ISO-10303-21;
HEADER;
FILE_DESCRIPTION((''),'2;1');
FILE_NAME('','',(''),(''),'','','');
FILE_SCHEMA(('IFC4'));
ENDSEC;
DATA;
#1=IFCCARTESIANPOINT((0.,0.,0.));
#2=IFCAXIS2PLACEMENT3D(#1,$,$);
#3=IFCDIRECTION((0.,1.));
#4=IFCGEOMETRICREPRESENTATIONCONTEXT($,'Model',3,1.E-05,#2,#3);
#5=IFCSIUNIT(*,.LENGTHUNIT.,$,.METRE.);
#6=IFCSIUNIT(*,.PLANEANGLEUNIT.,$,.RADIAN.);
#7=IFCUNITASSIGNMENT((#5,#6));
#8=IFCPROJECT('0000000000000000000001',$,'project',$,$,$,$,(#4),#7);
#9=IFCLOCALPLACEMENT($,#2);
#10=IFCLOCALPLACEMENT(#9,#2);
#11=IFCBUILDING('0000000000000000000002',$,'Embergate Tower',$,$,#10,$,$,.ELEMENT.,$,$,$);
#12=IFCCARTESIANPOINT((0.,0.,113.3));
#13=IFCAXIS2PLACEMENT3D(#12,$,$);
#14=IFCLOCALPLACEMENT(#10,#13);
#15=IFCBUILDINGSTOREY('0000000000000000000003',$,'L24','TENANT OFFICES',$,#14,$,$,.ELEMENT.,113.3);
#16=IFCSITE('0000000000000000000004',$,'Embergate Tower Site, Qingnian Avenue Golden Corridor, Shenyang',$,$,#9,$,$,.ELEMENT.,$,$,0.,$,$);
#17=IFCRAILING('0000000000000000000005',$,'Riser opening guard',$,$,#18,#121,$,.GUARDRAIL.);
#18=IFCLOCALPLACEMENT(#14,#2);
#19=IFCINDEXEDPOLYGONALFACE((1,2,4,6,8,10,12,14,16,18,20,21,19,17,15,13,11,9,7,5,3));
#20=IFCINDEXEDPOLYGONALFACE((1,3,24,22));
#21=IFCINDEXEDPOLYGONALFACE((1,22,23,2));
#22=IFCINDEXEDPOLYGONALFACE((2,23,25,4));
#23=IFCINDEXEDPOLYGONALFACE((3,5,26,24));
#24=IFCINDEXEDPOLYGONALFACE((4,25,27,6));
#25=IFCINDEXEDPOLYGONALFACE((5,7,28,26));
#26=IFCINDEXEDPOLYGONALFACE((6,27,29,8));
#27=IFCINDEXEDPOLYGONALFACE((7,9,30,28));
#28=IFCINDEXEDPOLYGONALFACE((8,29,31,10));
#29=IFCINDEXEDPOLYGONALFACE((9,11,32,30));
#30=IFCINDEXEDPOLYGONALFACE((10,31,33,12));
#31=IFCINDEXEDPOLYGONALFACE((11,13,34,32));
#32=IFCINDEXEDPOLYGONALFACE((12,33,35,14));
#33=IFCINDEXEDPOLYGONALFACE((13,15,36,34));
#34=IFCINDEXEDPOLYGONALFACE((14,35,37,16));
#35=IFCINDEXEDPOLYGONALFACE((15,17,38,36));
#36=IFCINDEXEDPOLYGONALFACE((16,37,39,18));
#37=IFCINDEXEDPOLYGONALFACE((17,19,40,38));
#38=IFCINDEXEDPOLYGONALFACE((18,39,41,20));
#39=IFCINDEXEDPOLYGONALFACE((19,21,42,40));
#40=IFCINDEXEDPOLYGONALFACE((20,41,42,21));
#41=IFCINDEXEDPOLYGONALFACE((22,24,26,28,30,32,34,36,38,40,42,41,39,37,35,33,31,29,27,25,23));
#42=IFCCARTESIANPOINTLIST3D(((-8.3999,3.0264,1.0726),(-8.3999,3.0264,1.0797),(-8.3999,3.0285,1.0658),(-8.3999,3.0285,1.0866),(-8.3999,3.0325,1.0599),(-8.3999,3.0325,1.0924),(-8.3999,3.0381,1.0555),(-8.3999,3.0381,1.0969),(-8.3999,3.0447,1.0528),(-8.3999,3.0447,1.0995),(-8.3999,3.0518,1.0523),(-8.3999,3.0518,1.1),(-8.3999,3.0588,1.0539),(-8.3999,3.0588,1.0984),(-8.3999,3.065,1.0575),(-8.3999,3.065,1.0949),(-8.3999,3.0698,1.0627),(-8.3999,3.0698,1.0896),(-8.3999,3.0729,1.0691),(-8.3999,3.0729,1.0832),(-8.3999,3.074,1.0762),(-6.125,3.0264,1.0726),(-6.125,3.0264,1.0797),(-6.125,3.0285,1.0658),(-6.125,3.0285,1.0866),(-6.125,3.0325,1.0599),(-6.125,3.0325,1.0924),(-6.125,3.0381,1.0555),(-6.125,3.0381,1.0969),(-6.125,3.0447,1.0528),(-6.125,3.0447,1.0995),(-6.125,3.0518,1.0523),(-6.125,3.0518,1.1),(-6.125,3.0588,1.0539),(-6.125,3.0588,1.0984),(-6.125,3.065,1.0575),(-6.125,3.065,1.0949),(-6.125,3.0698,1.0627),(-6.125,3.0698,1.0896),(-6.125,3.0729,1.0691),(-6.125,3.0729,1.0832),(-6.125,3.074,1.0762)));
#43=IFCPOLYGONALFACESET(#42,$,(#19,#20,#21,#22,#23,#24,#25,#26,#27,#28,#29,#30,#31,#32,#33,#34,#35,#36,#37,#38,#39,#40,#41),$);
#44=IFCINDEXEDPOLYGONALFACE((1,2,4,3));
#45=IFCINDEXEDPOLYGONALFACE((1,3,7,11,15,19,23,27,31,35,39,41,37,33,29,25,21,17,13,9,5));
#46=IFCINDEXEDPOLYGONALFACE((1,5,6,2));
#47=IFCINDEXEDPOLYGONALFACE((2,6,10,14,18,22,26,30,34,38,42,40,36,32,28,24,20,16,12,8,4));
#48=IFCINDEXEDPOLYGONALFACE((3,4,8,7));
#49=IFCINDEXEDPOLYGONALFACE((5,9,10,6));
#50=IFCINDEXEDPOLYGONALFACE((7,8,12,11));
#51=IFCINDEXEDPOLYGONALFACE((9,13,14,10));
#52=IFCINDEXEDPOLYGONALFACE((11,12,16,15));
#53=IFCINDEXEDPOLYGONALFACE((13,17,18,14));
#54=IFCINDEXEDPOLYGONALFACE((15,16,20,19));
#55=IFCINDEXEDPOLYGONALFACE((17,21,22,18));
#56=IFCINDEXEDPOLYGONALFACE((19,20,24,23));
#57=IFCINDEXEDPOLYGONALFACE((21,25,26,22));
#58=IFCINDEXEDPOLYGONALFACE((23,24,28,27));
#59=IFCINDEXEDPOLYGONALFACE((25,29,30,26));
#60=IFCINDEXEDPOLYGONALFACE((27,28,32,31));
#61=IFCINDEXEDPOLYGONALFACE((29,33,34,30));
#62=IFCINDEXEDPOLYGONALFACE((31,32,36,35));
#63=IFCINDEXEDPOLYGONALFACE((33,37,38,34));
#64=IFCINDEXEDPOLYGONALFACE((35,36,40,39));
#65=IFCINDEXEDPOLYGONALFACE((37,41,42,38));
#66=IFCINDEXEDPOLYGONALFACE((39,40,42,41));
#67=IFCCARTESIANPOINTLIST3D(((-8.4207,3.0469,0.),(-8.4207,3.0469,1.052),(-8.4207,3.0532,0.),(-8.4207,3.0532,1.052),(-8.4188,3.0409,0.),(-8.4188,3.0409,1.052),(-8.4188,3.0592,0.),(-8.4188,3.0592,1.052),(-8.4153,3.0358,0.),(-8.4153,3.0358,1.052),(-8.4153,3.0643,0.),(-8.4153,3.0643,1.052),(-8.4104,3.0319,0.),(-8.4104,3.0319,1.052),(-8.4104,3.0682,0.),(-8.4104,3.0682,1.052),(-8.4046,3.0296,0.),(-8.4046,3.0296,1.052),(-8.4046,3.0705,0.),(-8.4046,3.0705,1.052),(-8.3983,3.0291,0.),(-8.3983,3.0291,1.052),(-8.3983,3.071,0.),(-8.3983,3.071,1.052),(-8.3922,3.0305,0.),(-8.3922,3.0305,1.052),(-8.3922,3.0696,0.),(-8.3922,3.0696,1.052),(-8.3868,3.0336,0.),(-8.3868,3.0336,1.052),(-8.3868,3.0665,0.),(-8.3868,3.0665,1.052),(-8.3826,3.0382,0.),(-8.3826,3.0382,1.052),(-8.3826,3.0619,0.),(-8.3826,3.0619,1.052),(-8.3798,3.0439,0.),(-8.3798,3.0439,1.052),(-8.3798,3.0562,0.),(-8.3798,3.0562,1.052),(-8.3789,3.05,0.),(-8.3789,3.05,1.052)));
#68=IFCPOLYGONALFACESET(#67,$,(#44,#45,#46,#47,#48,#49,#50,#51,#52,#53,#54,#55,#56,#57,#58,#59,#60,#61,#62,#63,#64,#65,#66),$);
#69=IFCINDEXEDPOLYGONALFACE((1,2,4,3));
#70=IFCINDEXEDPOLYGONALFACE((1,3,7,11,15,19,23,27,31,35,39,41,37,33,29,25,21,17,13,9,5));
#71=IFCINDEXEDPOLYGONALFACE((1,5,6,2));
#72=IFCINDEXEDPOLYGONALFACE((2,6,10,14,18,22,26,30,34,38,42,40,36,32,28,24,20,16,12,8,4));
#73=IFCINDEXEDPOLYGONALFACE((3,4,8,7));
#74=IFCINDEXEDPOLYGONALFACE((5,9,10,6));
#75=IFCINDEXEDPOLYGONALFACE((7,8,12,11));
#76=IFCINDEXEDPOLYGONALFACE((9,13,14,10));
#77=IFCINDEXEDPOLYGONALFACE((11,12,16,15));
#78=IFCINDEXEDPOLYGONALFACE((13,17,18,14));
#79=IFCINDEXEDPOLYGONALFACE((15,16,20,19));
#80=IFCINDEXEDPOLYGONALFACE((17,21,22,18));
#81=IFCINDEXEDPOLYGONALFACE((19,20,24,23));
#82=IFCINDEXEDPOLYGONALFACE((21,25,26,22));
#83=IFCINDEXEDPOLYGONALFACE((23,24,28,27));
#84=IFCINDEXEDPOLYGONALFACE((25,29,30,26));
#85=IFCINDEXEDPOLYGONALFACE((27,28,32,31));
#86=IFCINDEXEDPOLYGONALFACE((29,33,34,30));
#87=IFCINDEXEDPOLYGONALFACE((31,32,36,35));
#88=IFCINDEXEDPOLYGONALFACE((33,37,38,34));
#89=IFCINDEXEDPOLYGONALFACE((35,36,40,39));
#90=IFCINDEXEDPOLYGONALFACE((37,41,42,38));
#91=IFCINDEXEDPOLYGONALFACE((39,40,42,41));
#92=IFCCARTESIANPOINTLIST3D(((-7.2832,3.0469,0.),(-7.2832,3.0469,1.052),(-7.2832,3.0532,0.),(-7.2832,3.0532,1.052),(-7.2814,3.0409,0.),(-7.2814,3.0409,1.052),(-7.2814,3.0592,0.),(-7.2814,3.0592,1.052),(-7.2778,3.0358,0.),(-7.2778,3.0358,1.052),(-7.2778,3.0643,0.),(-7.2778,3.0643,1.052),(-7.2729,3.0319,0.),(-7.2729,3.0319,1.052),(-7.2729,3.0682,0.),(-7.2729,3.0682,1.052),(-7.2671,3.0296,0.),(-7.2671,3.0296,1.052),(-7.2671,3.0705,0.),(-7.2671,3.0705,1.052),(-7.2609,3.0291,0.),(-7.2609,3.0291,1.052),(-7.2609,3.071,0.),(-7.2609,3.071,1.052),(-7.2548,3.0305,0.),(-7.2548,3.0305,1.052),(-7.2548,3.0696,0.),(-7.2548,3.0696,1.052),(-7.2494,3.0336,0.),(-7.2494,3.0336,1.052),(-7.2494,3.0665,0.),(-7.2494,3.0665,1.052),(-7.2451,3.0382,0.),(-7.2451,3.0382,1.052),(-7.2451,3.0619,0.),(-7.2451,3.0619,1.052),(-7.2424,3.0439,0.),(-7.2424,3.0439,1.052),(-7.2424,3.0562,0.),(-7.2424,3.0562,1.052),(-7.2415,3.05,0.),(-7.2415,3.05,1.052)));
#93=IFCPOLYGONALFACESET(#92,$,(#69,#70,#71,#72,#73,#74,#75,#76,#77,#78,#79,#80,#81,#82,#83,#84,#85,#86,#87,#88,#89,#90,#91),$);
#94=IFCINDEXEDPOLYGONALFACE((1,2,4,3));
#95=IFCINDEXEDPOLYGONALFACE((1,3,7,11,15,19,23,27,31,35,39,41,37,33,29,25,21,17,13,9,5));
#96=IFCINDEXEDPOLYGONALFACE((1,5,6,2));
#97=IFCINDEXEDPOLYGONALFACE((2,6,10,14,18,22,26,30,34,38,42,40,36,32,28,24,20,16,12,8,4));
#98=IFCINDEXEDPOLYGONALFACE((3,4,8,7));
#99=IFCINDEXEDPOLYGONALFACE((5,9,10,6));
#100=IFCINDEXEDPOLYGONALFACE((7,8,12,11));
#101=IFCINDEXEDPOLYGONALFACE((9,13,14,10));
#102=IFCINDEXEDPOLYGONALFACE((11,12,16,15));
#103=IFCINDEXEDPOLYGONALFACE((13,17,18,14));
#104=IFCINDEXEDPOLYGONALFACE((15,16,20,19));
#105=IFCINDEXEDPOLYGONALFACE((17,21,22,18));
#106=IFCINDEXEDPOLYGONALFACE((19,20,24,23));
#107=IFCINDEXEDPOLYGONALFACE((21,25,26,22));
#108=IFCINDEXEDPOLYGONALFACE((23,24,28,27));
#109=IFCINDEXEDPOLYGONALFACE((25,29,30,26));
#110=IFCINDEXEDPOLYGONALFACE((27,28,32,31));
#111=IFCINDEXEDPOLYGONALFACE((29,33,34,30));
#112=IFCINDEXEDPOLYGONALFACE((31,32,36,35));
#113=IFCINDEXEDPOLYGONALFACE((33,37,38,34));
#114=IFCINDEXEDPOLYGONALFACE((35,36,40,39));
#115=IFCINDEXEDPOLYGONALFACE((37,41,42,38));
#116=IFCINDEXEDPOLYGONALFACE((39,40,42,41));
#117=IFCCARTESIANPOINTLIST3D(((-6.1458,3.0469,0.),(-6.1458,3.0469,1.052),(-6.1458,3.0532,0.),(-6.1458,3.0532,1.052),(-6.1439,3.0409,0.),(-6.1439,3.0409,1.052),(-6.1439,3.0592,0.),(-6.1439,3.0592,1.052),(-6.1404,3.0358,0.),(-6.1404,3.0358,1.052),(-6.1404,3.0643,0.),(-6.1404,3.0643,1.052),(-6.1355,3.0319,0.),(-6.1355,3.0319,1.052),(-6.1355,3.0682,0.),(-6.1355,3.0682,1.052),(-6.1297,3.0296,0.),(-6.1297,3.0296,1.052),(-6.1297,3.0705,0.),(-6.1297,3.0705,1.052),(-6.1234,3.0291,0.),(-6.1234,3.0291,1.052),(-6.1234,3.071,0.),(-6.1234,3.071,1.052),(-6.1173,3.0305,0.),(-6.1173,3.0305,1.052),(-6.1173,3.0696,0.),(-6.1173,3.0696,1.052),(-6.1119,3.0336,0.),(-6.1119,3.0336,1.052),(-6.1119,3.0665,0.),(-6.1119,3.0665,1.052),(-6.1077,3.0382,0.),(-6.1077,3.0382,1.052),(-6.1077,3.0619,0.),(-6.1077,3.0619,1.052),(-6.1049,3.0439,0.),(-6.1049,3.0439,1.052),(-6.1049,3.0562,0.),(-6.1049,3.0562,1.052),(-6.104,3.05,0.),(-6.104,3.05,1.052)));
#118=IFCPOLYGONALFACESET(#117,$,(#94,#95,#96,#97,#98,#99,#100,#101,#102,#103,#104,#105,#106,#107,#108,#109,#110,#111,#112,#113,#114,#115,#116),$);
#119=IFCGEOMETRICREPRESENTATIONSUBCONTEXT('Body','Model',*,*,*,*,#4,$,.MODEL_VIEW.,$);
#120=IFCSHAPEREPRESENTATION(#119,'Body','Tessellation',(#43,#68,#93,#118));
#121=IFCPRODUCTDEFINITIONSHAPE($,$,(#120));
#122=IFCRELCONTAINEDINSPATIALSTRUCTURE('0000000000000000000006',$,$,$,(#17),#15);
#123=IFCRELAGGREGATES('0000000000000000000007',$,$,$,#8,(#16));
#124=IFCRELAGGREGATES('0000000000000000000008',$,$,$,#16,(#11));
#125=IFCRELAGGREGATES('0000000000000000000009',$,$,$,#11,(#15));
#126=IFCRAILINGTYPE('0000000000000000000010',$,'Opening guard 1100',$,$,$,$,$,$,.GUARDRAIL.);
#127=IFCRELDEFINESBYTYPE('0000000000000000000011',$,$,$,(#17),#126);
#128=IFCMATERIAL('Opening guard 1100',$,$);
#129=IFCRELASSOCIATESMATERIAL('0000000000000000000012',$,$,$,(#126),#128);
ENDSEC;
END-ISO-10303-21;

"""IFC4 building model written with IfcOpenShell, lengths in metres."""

from ifc_helpers import new_model, si_unit, direction, frame, origin, origin_2d, place, context, subcontext, project, spatial, circle, extrude, source, transform, mapped, material, type_object, element, save


model = new_model("IFC4")

# Units and contexts
model_context = context("Model", 3, precision=1e-05, world=origin(), true_north=direction((0.0, 1.0)))
body_context = subcontext(model_context, "Body", "Model", "MODEL_VIEW")
ifc_project = project(units=[si_unit("LENGTHUNIT", "METRE"), si_unit("PLANEANGLEUNIT", "RADIAN")], contexts=[model_context])

# Site, building, storey
site_placement = place(None, origin())
site = spatial("IfcSite", under=ifc_project, at=site_placement, Name="Embergate Tower Site, Qingnian Avenue Golden Corridor, Shenyang", CompositionType="ELEMENT", RefElevation=0.0)
building_placement = place(site_placement, origin())
building = spatial("IfcBuilding", under=site, at=building_placement, Name="Embergate Tower", CompositionType="ELEMENT")
storey_placement = place(building_placement, frame((0.0, 0.0, 113.3)))
storey = spatial("IfcBuildingStorey", under=building, at=storey_placement, Name="L24", Description="TENANT OFFICES", CompositionType="ELEMENT", Elevation=113.3)

# Railing
ifc_material_1 = material(Name="Opening guard 1100")
railing_type = type_object("IfcRailingType", Name="Opening guard 1100", PredefinedType="GUARDRAIL", material=ifc_material_1)
shared_shape_1 = source(origin(), body_context, "Body", "SweptSolid", [
    extrude(circle(Radius=0.0239, at=origin_2d()), frame((0.0, 0.0, 1.0762), z_axis=(1.0, 0.0, 0.0), x_axis=(0.0, 1.0, 0.0)), (0.0, 0.0, 1.0), 2.2749),
    extrude(circle(Radius=0.021, at=origin_2d()), origin(), (0.0, 0.0, 1.0), 1.052),
    extrude(circle(Radius=0.021, at=origin_2d()), frame((1.1375, 0.0, 0.0)), (0.0, 0.0, 1.0), 1.052),
    extrude(circle(Radius=0.021, at=origin_2d()), frame((2.2749, 0.0, 0.0)), (0.0, 0.0, 1.0), 1.052),
])
railing_placement = place(storey_placement, frame((-8.3999, 3.05, 0.0)))
element("IfcRailing", 1, at=railing_placement, inside=storey, type_object=railing_type, Name="Riser opening guard", PredefinedType="GUARDRAIL", context=body_context, shape_type="MappedRepresentation", body=[
    mapped(shared_shape_1, transform((0.0, 0.0, 0.0))),
])

save(model, "model.ifc")
